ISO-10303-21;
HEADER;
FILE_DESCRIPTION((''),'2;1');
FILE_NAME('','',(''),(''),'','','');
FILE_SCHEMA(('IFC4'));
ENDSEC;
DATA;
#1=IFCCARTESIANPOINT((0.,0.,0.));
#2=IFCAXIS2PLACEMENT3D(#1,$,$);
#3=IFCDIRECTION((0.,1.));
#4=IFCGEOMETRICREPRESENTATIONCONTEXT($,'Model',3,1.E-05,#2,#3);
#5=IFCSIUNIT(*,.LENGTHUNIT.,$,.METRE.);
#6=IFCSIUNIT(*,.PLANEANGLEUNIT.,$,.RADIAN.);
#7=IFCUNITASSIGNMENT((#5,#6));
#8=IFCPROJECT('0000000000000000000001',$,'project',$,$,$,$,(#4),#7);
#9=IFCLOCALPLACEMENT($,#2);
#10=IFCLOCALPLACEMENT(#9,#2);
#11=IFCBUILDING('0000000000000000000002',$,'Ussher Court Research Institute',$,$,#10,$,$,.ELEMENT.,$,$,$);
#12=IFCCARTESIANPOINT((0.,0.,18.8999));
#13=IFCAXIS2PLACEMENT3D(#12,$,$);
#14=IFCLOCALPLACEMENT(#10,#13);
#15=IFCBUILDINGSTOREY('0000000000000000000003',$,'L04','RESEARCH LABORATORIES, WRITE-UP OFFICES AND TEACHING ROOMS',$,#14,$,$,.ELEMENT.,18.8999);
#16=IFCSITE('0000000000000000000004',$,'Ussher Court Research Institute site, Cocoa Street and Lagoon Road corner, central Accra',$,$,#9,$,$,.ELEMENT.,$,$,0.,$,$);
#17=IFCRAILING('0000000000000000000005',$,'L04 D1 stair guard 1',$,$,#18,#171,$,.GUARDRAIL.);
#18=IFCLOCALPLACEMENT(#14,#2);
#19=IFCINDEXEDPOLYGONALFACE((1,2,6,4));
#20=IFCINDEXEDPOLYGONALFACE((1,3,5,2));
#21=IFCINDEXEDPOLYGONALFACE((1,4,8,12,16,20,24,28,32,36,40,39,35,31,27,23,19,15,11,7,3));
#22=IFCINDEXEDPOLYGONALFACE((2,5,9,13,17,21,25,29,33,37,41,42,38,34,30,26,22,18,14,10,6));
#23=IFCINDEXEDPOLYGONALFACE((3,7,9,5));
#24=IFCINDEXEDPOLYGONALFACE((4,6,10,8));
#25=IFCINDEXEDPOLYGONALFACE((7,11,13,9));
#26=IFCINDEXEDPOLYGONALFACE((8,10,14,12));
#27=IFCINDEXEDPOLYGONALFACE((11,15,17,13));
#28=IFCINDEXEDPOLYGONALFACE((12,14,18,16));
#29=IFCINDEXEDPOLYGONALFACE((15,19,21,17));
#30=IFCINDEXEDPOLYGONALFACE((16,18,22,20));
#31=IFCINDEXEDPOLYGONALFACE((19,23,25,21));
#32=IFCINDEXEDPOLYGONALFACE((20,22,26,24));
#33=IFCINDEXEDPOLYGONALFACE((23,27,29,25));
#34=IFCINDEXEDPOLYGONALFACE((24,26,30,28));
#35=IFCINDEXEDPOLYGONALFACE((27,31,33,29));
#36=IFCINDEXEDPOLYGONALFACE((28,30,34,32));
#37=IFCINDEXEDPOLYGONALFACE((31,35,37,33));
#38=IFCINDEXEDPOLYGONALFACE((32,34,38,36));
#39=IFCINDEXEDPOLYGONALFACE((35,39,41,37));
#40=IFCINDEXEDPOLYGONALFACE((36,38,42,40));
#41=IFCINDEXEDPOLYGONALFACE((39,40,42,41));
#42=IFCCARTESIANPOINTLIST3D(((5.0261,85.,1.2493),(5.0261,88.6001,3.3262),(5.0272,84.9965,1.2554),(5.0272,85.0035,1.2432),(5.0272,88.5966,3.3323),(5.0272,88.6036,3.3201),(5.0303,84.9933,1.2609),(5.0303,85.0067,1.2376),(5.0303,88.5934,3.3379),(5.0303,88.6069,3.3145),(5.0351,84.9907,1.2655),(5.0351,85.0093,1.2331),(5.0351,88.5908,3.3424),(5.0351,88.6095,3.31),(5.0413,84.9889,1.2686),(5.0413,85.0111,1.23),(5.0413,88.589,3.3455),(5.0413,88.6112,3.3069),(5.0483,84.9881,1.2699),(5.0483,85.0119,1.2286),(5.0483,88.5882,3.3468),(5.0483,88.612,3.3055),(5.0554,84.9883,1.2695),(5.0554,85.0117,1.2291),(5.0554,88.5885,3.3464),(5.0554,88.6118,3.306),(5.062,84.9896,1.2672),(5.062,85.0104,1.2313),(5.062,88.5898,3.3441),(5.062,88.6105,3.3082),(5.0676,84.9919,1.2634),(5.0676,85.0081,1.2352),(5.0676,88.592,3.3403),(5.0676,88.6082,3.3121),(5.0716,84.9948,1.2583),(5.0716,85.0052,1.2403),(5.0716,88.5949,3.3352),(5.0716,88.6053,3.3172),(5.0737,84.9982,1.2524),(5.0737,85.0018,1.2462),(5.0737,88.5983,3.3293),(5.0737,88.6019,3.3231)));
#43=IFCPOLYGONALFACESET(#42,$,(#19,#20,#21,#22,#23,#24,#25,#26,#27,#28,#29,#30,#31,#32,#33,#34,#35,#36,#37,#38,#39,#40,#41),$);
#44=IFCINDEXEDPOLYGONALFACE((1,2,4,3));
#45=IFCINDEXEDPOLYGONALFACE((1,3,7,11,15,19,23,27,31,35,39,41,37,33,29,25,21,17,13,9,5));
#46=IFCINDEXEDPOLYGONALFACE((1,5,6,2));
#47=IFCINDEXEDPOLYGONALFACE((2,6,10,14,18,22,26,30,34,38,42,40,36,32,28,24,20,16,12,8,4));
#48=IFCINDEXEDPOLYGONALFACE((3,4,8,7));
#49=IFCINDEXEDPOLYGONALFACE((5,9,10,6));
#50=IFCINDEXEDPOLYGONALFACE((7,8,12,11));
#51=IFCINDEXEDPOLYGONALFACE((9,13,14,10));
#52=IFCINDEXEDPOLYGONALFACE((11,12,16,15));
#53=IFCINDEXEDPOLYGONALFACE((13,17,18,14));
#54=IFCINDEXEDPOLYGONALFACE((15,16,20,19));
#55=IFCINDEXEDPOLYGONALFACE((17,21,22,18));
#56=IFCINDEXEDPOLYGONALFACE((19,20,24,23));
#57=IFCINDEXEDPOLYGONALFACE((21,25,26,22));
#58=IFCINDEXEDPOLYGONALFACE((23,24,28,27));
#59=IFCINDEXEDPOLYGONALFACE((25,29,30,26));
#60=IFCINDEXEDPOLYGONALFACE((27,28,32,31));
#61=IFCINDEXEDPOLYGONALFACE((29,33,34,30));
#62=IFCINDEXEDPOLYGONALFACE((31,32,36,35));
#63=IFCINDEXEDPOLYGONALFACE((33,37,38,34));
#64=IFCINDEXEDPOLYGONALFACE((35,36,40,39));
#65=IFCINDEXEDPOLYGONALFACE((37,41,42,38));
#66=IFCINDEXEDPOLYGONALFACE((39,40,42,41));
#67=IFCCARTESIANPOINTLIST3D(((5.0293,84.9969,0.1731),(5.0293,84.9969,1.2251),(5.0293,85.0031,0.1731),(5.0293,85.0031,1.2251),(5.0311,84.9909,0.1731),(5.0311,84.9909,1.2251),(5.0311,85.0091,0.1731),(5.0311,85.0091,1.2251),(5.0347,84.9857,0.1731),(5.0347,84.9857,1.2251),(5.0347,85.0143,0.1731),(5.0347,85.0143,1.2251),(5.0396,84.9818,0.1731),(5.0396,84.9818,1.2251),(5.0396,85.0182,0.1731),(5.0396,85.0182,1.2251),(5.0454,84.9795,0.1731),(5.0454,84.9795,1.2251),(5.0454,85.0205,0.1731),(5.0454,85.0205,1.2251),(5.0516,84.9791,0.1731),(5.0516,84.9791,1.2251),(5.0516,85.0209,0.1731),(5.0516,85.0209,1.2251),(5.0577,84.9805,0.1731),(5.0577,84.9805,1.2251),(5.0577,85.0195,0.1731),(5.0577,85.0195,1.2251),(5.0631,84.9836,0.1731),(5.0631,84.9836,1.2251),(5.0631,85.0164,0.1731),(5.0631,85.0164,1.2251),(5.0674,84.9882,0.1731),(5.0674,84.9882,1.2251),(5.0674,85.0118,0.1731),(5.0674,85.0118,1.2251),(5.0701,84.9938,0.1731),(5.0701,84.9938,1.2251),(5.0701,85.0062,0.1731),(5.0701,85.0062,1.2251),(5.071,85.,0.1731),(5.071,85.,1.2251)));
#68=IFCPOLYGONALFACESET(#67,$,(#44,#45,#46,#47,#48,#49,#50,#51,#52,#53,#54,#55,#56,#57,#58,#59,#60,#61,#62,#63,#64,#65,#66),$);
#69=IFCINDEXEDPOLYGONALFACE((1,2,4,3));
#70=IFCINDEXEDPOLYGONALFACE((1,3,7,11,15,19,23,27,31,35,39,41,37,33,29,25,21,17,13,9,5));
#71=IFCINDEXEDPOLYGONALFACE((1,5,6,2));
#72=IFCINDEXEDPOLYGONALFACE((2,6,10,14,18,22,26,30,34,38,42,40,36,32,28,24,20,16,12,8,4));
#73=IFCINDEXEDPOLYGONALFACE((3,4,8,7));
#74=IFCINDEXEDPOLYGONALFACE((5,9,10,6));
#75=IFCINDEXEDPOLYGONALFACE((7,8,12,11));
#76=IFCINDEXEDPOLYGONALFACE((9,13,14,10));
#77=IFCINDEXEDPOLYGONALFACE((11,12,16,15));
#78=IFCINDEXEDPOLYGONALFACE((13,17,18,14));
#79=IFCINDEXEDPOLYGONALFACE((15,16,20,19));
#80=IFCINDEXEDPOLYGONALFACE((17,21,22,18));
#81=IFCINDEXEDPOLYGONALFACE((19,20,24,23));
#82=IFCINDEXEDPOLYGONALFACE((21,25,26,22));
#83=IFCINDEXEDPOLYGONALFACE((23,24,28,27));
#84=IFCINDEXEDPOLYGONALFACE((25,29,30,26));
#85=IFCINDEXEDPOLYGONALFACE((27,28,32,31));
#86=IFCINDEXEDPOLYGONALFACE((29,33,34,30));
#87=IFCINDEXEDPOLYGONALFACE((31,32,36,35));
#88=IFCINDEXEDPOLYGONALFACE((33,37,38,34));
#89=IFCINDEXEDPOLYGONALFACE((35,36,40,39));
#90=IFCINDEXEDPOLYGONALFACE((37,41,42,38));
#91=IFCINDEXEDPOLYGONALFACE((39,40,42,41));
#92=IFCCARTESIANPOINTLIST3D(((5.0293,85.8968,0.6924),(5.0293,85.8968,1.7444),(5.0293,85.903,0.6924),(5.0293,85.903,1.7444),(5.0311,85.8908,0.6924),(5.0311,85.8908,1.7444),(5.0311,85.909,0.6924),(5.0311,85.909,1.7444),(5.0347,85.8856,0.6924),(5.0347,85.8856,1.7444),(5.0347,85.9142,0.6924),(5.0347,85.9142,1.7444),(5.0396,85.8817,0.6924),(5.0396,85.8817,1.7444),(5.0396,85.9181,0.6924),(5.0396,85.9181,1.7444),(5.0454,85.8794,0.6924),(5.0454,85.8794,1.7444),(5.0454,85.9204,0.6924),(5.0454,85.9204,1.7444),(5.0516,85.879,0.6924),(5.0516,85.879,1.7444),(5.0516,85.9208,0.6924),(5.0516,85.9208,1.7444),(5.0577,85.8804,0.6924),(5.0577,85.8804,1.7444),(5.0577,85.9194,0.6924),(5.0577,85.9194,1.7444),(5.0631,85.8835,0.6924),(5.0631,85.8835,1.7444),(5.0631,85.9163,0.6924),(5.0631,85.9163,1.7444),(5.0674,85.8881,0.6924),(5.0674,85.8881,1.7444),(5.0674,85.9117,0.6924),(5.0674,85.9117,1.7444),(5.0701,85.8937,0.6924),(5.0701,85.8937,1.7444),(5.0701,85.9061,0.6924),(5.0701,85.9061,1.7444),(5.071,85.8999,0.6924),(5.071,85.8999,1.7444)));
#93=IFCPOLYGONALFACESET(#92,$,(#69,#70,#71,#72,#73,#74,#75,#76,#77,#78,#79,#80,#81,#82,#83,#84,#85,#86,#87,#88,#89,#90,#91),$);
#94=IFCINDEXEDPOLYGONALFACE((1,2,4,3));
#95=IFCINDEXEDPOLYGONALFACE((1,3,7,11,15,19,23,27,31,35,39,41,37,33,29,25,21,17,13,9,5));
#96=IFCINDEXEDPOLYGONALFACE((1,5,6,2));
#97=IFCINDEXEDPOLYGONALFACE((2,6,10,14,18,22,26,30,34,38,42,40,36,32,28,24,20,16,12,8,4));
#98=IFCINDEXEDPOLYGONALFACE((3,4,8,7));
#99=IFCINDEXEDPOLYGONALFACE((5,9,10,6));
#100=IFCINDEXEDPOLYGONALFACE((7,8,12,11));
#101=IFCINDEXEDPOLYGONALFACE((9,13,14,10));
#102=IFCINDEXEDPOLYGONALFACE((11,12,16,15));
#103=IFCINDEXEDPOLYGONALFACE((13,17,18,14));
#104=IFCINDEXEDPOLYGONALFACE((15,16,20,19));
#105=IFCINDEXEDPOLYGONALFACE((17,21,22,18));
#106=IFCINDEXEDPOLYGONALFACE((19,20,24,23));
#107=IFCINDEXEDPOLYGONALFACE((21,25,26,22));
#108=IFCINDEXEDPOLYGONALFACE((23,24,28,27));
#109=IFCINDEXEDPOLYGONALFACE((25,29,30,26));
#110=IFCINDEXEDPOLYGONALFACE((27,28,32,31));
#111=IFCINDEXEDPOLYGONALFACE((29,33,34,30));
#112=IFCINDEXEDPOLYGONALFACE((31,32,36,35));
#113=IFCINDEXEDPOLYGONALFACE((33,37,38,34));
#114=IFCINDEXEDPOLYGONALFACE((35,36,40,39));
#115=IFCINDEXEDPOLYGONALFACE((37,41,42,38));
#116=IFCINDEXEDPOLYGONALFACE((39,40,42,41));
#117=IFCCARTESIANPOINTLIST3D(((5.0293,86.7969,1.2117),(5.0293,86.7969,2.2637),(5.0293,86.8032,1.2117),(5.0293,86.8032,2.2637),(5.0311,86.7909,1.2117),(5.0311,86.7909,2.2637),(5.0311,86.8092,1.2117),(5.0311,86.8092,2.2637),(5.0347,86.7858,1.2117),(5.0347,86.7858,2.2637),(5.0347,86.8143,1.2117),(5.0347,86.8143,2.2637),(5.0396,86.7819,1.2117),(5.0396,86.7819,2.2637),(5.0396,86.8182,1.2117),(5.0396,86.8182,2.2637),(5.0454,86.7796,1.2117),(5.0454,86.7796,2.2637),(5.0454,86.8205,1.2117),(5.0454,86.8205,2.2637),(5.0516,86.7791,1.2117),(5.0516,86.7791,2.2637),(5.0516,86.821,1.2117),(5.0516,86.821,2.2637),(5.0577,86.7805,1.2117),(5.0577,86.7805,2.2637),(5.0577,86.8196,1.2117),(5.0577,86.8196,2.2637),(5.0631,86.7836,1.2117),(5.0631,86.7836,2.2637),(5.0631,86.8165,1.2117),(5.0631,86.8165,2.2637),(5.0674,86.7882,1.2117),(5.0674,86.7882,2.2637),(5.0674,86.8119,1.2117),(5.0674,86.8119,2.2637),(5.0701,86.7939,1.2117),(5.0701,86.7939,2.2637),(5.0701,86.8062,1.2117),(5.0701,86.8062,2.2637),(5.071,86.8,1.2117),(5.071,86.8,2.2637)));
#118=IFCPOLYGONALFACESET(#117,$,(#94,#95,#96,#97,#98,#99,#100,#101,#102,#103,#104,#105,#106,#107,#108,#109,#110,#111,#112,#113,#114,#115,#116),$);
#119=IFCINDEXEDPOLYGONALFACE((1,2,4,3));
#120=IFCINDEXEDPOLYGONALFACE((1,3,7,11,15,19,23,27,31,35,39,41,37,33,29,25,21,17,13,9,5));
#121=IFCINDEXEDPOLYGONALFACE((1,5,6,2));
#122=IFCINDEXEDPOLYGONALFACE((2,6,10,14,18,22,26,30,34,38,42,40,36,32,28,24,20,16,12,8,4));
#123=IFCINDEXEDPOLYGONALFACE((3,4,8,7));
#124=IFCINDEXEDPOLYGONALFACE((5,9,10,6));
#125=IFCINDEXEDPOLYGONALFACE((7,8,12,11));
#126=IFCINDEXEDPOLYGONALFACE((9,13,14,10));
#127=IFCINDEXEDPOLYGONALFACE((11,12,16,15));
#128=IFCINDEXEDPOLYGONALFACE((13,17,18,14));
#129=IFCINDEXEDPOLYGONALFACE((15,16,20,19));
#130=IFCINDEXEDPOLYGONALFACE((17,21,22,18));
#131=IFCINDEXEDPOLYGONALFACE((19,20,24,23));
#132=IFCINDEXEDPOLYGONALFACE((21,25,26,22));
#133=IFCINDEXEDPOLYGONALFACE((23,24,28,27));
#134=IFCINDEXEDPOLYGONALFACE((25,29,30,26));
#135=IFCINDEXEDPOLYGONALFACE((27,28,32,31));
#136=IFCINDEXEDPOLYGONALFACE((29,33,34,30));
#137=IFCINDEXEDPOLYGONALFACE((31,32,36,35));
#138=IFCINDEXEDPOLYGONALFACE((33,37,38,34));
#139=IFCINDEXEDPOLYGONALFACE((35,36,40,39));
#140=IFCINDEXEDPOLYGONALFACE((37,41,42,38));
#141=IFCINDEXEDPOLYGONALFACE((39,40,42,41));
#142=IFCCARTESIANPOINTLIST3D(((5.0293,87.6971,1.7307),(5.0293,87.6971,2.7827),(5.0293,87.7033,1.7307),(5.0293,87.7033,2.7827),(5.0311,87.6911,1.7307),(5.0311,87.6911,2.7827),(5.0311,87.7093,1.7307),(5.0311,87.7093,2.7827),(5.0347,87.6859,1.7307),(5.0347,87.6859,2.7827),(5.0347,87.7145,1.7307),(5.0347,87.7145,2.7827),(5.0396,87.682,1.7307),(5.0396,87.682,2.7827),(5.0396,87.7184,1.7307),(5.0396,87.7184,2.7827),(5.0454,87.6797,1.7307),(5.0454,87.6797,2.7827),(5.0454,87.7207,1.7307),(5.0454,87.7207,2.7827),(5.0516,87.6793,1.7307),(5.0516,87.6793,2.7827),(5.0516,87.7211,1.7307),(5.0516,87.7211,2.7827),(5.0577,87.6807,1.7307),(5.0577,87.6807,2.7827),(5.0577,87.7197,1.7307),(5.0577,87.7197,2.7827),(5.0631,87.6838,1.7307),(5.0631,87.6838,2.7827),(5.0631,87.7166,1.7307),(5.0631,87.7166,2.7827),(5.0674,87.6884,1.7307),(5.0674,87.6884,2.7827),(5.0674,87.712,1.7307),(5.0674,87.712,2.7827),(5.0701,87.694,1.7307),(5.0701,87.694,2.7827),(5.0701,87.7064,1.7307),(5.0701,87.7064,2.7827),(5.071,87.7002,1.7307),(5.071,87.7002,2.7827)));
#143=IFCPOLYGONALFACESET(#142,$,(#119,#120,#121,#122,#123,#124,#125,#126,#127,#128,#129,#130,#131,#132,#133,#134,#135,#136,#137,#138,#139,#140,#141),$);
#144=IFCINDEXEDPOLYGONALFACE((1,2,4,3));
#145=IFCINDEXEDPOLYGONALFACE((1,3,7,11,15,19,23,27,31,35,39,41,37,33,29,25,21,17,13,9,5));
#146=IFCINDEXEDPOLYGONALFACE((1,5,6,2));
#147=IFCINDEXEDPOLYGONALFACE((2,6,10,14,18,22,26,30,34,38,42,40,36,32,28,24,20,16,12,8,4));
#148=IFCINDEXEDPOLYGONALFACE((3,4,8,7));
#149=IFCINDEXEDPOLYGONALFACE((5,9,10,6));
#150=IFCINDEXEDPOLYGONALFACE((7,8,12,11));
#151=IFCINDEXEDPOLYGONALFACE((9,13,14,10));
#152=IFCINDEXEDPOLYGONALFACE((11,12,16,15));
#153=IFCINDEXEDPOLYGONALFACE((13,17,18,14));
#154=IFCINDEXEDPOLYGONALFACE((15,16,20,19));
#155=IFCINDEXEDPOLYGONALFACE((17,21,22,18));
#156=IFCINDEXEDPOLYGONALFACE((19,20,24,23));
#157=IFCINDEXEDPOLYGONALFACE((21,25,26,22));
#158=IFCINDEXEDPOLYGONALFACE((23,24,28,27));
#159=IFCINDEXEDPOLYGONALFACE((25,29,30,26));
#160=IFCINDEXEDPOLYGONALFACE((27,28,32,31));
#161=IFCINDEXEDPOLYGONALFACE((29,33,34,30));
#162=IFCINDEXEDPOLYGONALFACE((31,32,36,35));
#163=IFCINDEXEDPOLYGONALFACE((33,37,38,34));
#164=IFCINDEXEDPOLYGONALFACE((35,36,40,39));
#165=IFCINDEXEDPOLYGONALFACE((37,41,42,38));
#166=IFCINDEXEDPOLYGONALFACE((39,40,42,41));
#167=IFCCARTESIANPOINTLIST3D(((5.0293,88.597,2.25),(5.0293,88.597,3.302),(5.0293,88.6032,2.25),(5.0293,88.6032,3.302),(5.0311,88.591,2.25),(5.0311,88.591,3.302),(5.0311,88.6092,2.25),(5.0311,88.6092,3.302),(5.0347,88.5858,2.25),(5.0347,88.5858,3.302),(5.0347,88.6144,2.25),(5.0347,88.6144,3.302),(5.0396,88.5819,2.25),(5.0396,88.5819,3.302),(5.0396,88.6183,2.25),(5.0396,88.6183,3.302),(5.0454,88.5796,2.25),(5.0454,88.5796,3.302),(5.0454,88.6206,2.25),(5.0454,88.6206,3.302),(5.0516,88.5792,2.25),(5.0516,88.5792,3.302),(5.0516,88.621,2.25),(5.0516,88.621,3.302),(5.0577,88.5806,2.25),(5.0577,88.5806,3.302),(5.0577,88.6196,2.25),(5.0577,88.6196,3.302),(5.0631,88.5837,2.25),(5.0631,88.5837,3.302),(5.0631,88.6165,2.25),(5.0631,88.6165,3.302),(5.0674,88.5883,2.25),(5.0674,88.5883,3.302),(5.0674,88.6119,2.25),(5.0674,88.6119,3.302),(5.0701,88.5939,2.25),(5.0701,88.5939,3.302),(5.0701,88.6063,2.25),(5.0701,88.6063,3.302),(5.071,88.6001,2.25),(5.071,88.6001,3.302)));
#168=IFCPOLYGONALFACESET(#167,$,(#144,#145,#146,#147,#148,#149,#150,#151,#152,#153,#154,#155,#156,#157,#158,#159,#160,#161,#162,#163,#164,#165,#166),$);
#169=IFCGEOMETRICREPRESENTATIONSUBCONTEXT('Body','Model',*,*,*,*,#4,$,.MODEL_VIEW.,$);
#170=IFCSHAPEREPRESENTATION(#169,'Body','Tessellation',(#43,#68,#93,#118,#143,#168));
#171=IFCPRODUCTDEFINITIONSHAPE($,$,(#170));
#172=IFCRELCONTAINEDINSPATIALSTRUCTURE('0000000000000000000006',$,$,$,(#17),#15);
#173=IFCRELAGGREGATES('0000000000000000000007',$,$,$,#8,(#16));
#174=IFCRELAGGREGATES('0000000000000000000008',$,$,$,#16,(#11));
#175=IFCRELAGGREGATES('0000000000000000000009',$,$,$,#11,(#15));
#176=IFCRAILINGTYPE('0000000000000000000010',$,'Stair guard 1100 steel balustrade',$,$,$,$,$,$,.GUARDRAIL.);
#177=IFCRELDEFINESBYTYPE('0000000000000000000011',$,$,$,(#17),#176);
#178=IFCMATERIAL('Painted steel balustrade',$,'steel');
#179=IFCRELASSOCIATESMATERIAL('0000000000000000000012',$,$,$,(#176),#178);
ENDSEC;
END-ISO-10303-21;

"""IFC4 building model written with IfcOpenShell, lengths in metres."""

from ifc_helpers import new_model, si_unit, direction, frame, origin, origin_2d, place, context, subcontext, project, spatial, circle, extrude, material, type_object, element, save


model = new_model("IFC4")

# Units and contexts
model_context = context("Model", 3, precision=1e-05, world=origin(), true_north=direction((0.0, 1.0)))
body_context = subcontext(model_context, "Body", "Model", "MODEL_VIEW")
ifc_project = project(units=[si_unit("LENGTHUNIT", "METRE"), si_unit("PLANEANGLEUNIT", "RADIAN")], contexts=[model_context])

# Site, building, storey
site_placement = place(None, origin())
site = spatial("IfcSite", under=ifc_project, at=site_placement, Name="Ussher Court Research Institute site, Cocoa Street and Lagoon Road corner, central Accra", CompositionType="ELEMENT", RefElevation=0.0)
building_placement = place(site_placement, origin())
building = spatial("IfcBuilding", under=site, at=building_placement, Name="Ussher Court Research Institute", CompositionType="ELEMENT")
storey_placement = place(building_placement, frame((0.0, 0.0, 18.8999)))
storey = spatial("IfcBuildingStorey", under=building, at=storey_placement, Name="L04", Description="RESEARCH LABORATORIES, WRITE-UP OFFICES AND TEACHING ROOMS", CompositionType="ELEMENT", Elevation=18.8999)

# Railing
ifc_material_1 = material(Name="Painted steel balustrade", Category="steel")
railing_type_1 = type_object("IfcRailingType", Name="Stair guard 1100 steel balustrade", PredefinedType="GUARDRAIL", material=ifc_material_1)
railing_1_placement = place(storey_placement, frame((5.05, 85.0, 0.1731)))
element("IfcRailing", 1, at=railing_1_placement, inside=storey, type_object=railing_type_1, Name="L04 D1 stair guard 1", PredefinedType="GUARDRAIL", context=body_context, shape_type="SweptSolid", body=[
    extrude(circle(Radius=0.0239, at=origin_2d()), frame((0.0, 0.0, 1.0762), z_axis=(0.0, 0.866193, 0.499709), x_axis=(-1.0, 0.0, 0.0)), (0.0, 0.0, 1.0), 4.1562),
    extrude(circle(Radius=0.021, at=origin_2d()), origin(), (0.0, 0.0, 1.0), 1.052),
    extrude(circle(Radius=0.021, at=origin_2d()), frame((0.0, 0.8999, 0.5193)), (0.0, 0.0, 1.0), 1.052),
    extrude(circle(Radius=0.021, at=origin_2d()), frame((0.0, 1.8, 1.0386)), (0.0, 0.0, 1.0), 1.052),
    extrude(circle(Radius=0.021, at=origin_2d()), frame((0.0, 2.7002, 1.5576)), (0.0, 0.0, 1.0), 1.052),
    extrude(circle(Radius=0.021, at=origin_2d()), frame((0.0, 3.6001, 2.0769)), (0.0, 0.0, 1.0), 1.052),
])

save(model, "model.ifc")
